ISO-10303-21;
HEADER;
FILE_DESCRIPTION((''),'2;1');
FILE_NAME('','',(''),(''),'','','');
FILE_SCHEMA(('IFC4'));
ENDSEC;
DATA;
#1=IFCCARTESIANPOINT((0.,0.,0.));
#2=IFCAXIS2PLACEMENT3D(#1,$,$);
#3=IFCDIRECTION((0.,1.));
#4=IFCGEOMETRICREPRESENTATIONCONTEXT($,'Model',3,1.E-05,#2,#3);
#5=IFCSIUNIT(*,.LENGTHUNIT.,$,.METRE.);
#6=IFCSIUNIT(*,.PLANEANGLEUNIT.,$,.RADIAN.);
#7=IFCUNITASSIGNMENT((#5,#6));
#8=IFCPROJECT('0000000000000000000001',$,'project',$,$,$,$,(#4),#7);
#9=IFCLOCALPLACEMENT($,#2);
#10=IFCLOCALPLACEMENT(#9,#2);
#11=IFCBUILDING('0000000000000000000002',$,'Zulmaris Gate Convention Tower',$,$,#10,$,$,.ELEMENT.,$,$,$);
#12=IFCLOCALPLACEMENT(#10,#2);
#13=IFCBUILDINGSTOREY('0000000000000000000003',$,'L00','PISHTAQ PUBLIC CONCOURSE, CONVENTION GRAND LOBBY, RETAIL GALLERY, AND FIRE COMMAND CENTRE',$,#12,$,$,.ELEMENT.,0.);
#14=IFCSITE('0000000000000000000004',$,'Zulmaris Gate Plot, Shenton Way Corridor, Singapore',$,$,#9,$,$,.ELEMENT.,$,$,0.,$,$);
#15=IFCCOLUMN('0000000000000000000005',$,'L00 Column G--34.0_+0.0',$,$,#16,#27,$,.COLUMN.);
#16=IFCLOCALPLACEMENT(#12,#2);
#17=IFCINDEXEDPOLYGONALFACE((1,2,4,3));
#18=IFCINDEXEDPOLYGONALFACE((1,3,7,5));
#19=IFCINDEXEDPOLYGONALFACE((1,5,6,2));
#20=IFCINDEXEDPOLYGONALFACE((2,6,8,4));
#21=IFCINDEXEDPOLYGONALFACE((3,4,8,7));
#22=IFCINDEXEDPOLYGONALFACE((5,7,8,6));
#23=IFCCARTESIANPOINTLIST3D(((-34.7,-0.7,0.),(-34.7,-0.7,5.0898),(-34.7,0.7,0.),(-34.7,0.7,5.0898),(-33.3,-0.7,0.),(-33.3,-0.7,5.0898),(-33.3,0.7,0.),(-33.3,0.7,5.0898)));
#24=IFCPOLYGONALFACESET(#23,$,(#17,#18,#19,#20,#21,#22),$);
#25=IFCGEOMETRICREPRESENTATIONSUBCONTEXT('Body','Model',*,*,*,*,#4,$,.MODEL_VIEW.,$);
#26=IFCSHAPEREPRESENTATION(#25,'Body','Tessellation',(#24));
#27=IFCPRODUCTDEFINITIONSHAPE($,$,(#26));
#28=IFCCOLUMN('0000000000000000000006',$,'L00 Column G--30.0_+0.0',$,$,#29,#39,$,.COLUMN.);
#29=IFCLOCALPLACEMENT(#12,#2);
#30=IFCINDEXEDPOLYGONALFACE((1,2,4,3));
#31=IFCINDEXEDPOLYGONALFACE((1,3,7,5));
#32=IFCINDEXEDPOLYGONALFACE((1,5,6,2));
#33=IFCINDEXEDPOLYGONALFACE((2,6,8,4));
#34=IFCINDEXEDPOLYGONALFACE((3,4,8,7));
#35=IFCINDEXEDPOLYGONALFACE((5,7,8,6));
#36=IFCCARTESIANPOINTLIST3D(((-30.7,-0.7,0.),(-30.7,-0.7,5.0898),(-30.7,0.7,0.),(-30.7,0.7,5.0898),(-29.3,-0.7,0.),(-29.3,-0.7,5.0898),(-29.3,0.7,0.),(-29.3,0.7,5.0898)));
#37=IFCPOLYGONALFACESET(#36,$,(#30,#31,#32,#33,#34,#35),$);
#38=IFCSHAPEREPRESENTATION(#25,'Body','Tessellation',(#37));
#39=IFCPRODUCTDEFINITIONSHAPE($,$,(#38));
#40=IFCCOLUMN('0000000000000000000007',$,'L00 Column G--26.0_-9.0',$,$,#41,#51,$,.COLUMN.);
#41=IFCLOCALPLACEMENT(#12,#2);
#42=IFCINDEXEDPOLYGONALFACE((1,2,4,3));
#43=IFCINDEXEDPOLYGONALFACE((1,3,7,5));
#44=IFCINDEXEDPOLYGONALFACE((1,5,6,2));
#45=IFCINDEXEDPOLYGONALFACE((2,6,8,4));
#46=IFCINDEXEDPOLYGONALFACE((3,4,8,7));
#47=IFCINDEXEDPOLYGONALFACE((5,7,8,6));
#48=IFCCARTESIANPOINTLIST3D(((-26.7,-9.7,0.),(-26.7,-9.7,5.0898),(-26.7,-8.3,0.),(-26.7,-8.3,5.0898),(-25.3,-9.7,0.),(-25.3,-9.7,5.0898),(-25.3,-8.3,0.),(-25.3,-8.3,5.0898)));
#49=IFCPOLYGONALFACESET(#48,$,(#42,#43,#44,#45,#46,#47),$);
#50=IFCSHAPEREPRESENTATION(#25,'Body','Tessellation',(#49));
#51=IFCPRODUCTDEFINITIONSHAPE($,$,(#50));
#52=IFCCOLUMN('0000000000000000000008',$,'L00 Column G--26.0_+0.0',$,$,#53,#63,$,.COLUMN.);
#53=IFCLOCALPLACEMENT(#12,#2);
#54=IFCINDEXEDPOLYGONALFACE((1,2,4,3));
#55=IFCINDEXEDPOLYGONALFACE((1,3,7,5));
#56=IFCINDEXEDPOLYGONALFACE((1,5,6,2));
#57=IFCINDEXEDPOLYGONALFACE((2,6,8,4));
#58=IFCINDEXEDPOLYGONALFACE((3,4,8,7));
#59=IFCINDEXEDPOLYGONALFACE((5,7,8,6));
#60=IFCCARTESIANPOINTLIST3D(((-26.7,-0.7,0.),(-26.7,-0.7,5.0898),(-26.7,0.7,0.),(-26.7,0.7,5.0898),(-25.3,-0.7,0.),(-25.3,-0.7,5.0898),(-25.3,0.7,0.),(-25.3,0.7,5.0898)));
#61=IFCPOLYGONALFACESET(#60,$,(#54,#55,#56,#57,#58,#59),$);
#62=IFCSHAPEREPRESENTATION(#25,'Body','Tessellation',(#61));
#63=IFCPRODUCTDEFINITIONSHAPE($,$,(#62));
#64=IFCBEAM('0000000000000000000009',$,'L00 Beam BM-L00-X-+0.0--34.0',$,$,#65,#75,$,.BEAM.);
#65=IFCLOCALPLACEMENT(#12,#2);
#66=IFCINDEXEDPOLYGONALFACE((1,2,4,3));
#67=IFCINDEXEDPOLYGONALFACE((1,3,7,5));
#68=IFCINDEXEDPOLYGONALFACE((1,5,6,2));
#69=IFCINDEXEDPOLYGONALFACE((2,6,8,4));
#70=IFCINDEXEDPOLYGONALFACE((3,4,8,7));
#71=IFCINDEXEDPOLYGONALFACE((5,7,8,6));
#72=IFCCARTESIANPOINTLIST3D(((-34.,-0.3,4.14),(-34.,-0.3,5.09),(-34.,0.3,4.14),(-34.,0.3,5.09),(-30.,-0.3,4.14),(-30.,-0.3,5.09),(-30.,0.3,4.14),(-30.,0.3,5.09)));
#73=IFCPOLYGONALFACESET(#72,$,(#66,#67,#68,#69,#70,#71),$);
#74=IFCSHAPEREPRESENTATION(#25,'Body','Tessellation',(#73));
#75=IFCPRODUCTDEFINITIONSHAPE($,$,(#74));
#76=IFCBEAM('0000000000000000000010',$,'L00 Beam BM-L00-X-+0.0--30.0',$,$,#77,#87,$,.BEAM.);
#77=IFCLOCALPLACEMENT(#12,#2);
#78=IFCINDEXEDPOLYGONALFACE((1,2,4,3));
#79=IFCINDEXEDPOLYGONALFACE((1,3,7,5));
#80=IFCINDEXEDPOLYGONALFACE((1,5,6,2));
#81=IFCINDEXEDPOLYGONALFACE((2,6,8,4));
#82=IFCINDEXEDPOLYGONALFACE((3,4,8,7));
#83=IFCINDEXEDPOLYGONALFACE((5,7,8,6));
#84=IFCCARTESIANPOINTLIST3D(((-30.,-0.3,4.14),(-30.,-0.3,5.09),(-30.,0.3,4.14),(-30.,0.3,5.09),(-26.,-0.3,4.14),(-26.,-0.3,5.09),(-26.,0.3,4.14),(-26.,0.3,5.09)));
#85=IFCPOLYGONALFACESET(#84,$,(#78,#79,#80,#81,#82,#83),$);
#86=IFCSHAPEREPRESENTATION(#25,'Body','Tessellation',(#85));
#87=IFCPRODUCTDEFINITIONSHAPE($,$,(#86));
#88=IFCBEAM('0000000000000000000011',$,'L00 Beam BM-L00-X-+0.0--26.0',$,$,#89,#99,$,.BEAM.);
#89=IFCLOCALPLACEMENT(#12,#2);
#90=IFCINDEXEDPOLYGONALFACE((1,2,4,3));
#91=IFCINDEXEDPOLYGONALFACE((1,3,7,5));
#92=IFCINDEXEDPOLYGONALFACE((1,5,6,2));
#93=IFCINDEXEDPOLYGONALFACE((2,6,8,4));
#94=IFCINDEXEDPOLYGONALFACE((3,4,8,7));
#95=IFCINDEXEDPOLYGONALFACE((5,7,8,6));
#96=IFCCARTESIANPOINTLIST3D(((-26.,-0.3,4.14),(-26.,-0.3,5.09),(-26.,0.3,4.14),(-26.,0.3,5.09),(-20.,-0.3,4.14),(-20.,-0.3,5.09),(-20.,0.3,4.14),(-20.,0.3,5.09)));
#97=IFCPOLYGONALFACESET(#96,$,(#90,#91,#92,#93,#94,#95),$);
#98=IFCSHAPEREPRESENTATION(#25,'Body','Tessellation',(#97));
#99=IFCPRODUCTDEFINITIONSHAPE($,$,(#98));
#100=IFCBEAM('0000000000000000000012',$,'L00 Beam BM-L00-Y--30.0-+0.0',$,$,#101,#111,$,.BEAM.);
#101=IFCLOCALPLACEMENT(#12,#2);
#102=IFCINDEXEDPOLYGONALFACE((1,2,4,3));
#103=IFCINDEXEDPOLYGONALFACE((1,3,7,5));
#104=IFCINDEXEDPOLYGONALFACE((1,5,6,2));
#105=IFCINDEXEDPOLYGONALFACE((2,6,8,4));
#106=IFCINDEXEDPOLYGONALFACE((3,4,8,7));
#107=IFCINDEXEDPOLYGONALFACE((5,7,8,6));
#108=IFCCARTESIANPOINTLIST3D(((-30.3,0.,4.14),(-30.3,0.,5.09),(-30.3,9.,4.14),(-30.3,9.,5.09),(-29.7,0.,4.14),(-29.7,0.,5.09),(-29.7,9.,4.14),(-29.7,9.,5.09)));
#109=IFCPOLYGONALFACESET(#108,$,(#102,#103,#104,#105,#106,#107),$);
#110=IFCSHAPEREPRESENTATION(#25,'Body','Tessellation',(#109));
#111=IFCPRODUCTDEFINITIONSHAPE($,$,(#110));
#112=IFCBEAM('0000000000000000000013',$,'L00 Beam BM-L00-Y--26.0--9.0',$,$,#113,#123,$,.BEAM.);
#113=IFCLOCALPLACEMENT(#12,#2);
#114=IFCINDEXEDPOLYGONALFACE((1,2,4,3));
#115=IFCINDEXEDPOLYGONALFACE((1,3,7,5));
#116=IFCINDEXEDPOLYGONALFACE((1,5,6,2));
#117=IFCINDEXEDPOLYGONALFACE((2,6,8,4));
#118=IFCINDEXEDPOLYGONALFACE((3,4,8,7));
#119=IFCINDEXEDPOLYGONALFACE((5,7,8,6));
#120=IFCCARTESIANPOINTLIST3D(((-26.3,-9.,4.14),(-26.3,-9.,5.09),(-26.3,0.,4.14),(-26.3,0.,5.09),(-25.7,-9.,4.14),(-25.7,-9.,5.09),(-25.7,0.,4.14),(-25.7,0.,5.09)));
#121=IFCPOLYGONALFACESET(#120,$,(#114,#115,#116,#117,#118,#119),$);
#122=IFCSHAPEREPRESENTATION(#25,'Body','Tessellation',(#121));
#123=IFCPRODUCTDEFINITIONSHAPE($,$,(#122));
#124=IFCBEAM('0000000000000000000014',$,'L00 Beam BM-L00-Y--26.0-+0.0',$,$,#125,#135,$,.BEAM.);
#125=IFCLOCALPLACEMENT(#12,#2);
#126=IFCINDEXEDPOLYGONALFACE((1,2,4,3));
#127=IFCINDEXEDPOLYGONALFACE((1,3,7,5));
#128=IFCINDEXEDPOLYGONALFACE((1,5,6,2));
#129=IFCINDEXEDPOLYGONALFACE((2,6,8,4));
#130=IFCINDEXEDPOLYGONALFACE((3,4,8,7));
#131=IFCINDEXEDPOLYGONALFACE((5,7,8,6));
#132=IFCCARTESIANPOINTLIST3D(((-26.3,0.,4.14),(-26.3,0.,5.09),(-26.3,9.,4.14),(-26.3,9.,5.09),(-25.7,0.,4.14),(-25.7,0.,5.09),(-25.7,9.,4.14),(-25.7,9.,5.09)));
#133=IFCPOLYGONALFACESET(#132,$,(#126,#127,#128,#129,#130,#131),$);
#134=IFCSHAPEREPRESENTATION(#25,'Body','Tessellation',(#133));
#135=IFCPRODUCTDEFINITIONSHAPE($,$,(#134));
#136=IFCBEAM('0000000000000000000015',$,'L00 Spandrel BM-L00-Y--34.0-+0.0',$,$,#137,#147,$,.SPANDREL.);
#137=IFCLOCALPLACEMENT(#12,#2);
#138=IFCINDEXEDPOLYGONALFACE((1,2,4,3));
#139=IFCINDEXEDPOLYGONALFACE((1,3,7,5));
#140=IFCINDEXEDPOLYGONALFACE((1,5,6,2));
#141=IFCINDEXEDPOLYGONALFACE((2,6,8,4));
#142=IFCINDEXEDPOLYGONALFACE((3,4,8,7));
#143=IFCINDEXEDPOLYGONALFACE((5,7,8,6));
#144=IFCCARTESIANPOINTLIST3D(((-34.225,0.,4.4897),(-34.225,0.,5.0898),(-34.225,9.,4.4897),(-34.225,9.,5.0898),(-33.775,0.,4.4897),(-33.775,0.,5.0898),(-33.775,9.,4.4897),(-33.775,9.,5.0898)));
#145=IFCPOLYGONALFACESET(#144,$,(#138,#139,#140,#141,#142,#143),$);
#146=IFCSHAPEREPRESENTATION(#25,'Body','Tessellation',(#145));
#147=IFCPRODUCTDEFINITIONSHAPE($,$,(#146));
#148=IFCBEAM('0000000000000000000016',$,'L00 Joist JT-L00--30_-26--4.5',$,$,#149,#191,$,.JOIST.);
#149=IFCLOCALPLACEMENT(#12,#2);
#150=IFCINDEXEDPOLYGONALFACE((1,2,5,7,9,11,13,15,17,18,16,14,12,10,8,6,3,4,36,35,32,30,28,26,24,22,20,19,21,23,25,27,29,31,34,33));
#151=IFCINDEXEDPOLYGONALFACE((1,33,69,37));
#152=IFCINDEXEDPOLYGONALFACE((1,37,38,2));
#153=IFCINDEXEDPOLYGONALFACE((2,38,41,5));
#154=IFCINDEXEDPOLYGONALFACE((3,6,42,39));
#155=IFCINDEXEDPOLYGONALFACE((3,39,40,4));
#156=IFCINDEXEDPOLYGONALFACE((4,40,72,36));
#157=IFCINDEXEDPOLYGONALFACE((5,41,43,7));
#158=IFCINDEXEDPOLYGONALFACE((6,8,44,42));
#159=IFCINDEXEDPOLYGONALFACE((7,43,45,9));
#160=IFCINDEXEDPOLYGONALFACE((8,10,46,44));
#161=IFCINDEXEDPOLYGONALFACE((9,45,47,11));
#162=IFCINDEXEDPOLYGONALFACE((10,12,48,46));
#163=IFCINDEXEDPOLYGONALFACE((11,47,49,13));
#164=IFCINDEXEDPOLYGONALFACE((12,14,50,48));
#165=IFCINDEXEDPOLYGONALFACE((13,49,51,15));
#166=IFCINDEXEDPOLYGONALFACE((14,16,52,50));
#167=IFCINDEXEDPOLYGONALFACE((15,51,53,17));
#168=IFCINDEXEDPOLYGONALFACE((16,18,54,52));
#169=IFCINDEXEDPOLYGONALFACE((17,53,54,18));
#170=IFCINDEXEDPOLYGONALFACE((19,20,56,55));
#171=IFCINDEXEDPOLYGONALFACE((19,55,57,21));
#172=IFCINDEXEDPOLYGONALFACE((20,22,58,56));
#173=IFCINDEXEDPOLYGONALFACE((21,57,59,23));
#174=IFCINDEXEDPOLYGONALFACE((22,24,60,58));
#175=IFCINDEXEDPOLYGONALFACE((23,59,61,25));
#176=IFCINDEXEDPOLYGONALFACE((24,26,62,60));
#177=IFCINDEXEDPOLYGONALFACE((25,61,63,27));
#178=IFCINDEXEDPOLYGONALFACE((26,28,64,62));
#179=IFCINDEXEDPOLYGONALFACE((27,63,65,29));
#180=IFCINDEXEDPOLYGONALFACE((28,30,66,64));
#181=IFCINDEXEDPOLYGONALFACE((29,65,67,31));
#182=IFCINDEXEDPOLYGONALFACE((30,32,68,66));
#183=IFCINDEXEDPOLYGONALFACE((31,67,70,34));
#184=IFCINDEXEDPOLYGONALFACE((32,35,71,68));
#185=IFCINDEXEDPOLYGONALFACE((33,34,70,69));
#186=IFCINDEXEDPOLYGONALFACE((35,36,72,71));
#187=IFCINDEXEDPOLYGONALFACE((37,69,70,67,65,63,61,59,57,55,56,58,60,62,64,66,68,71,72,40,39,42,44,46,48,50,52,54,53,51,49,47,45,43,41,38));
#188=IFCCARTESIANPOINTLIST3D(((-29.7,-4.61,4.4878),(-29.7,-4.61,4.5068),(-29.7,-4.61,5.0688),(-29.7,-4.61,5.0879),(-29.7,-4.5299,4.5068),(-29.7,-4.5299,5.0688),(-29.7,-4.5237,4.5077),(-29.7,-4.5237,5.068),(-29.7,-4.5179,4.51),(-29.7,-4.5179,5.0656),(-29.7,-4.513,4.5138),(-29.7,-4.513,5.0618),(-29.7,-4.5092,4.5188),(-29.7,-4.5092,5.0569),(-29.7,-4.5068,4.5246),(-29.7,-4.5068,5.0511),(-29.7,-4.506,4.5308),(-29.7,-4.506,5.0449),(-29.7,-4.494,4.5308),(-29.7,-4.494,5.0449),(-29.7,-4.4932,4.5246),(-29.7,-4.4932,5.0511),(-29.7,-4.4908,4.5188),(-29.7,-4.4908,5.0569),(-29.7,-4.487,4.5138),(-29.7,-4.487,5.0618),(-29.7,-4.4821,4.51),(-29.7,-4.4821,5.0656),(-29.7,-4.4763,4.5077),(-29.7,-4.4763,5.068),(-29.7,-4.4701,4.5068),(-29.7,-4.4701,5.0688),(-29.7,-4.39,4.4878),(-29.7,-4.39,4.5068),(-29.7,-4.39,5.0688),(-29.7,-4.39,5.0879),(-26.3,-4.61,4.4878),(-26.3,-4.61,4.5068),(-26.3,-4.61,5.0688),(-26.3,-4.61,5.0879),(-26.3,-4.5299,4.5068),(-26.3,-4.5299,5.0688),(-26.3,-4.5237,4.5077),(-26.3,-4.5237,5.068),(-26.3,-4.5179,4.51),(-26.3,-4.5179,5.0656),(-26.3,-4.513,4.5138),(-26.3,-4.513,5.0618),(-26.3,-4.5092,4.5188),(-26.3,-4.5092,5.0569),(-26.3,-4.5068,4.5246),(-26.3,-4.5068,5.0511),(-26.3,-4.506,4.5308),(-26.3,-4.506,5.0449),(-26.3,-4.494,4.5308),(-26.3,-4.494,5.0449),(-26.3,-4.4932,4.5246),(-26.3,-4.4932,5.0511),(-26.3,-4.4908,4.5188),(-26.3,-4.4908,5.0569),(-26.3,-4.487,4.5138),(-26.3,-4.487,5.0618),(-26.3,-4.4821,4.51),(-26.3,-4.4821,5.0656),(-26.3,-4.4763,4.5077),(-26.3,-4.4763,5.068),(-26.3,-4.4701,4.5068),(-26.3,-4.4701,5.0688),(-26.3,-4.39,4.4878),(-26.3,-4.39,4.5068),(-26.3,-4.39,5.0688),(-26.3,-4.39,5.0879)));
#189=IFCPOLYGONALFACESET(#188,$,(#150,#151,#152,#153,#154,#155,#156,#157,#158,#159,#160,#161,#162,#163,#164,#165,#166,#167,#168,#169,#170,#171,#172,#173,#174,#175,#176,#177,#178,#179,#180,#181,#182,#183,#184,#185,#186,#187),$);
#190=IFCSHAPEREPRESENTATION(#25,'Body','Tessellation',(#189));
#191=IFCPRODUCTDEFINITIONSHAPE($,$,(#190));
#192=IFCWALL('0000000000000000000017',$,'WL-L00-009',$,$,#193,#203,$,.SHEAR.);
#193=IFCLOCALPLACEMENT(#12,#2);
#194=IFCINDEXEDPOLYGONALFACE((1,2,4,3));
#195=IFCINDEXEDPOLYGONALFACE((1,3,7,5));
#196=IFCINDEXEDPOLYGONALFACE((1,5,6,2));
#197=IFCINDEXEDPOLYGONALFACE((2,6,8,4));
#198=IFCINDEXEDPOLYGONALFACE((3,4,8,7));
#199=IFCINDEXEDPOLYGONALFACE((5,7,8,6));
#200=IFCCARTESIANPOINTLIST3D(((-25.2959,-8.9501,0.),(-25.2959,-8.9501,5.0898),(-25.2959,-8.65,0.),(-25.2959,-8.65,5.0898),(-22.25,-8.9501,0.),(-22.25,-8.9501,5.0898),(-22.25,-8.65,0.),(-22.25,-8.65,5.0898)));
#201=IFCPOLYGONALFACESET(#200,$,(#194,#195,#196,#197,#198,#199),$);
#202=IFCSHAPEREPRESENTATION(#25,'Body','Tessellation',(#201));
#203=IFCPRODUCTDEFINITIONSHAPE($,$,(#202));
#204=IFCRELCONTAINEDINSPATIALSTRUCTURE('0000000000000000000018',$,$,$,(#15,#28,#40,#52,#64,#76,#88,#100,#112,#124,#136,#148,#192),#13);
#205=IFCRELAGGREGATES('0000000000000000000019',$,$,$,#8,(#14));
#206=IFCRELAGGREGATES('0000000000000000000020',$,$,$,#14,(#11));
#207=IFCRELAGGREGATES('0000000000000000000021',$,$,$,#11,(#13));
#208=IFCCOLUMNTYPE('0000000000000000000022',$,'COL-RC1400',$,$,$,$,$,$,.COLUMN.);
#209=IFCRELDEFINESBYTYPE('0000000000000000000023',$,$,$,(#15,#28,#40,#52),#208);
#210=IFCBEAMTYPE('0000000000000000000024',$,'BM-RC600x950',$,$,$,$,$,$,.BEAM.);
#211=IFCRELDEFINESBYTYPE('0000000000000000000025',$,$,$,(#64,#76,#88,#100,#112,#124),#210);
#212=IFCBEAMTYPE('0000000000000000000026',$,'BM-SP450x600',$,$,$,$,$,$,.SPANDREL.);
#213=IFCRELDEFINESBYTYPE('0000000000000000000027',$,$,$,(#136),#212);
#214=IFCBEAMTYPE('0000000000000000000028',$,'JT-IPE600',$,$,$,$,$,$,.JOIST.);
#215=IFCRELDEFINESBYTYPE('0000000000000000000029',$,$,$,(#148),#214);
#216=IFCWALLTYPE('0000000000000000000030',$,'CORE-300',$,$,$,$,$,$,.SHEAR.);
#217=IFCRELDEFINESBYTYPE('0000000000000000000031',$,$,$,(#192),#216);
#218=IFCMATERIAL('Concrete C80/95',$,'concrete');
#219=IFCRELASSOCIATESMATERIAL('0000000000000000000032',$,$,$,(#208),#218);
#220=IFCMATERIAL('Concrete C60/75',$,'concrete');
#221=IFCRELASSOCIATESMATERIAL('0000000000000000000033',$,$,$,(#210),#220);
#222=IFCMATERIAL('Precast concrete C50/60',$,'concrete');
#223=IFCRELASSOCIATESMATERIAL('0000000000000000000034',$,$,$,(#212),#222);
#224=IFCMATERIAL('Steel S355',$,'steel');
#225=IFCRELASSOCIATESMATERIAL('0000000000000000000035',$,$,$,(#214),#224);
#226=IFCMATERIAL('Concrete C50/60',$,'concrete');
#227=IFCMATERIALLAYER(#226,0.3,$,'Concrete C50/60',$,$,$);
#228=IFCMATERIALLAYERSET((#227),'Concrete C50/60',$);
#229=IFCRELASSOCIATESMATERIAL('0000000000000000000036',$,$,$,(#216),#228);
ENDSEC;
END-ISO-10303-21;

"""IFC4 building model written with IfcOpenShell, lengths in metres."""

from ifc_helpers import new_model, si_unit, direction, frame, frame_2d, origin, origin_2d, place, context, subcontext, project, spatial, rectangle, i_section, extrude, material, layer, layer_set, material_profile, profile_set, type_object, element, save


model = new_model("IFC4")

# Units and contexts
model_context = context("Model", 3, precision=1e-05, world=origin(), true_north=direction((0.0, 1.0)))
body_context = subcontext(model_context, "Body", "Model", "MODEL_VIEW")
ifc_project = project(units=[si_unit("LENGTHUNIT", "METRE"), si_unit("PLANEANGLEUNIT", "RADIAN")], contexts=[model_context])

# Site, building, storey
site_placement = place(None, origin())
site = spatial("IfcSite", under=ifc_project, at=site_placement, Name="Zulmaris Gate Plot, Shenton Way Corridor, Singapore", CompositionType="ELEMENT", RefElevation=0.0)
building_placement = place(site_placement, origin())
building = spatial("IfcBuilding", under=site, at=building_placement, Name="Zulmaris Gate Convention Tower", CompositionType="ELEMENT")
storey_placement = place(building_placement, origin())
storey = spatial("IfcBuildingStorey", under=building, at=storey_placement, Name="L00", Description="PISHTAQ PUBLIC CONCOURSE, CONVENTION GRAND LOBBY, RETAIL GALLERY, AND FIRE COMMAND CENTRE", CompositionType="ELEMENT", Elevation=0.0)

# Columns
ifc_material_1 = material(Name="Concrete C80/95", Category="concrete")
ifc_material_profile_1 = material_profile(ifc_material_1, rectangle(XDim=1.3999, YDim=1.3999, at=origin_2d()), Name="RC COL 1400x1400")
ifc_profile_set_1 = profile_set([ifc_material_profile_1], Name="Concrete C80/95")
column_type = type_object("IfcColumnType", Name="COL-RC1400", PredefinedType="COLUMN", material=ifc_profile_set_1)
for number, where, z_axis, x_axis, name in (
    (1, (-34.0, 0.0, 0.0), (0.0, 0.0, 1.0), (1.0, 0.0, 0.0), "L00 Column G--34.0_+0.0"),
    (2, (-30.0, 0.0, 0.0), (0.0, 0.0, 1.0), (1.0, 0.0, 0.0), "L00 Column G--30.0_+0.0"),
    (3, (-26.0, -9.0, 0.0), (0.0, 0.0, 1.0), (1.0, 0.0, 0.0), "L00 Column G--26.0_-9.0"),
    (4, (-26.0, 0.0, 0.0), (0.0, 0.0, 1.0), (1.0, 0.0, 0.0), "L00 Column G--26.0_+0.0"),
):
    element("IfcColumn", number, at=place(storey_placement, frame(where, z_axis=z_axis, x_axis=x_axis)), inside=storey, type_object=column_type, Name=name, PredefinedType="COLUMN", context=body_context, shape_type="SweptSolid", body=[
        extrude(rectangle(XDim=1.3999, YDim=1.3999, at=origin_2d()), origin(), (0.0, 0.0, 1.0), 5.0898),
    ])

# Beams
ifc_material_2 = material(Name="Concrete C60/75", Category="concrete")
ifc_material_profile_2 = material_profile(ifc_material_2, rectangle(XDim=0.6001, YDim=0.95, at=origin_2d()), Name="RC BEAM 600x950")
ifc_profile_set_2 = profile_set([ifc_material_profile_2], Name="Concrete C60/75")
beam_type_1 = type_object("IfcBeamType", Name="BM-RC600x950", PredefinedType="BEAM", material=ifc_profile_set_2)
for number, where, z_axis, x_axis, name in (
    (5, (-34.0, 0.0, 4.615), (1.0, 0.0, 0.0), (0.0, 1.0, 0.0), "L00 Beam BM-L00-X-+0.0--34.0"),
    (6, (-30.0, 0.0, 4.615), (1.0, 0.0, 0.0), (0.0, 1.0, 0.0), "L00 Beam BM-L00-X-+0.0--30.0"),
):
    element("IfcBeam", number, at=place(storey_placement, frame(where, z_axis=z_axis, x_axis=x_axis)), inside=storey, type_object=beam_type_1, Name=name, PredefinedType="BEAM", context=body_context, shape_type="SweptSolid", body=[
        extrude(rectangle(XDim=0.6001, YDim=0.95, at=origin_2d()), origin(), (0.0, 0.0, 1.0), 4.0),
    ])
beam_1_placement = place(storey_placement, frame((-26.0, 0.0, 4.615), z_axis=(1.0, 0.0, 0.0), x_axis=(0.0, 1.0, 0.0)))
element("IfcBeam", 7, at=beam_1_placement, inside=storey, type_object=beam_type_1, Name="L00 Beam BM-L00-X-+0.0--26.0", PredefinedType="BEAM", context=body_context, shape_type="SweptSolid", body=[
    extrude(rectangle(XDim=0.6001, YDim=0.95, at=origin_2d()), origin(), (0.0, 0.0, 1.0), 6.0),
])
for number, where, z_axis, x_axis, name in (
    (8, (-30.0, 0.0, 4.615), (0.0, 1.0, 0.0), (-1.0, 0.0, 0.0), "L00 Beam BM-L00-Y--30.0-+0.0"),
    (9, (-26.0, -9.0, 4.615), (0.0, 1.0, 0.0), (-1.0, 0.0, 0.0), "L00 Beam BM-L00-Y--26.0--9.0"),
    (10, (-26.0, 0.0, 4.615), (0.0, 1.0, 0.0), (-1.0, 0.0, 0.0), "L00 Beam BM-L00-Y--26.0-+0.0"),
):
    element("IfcBeam", number, at=place(storey_placement, frame(where, z_axis=z_axis, x_axis=x_axis)), inside=storey, type_object=beam_type_1, Name=name, PredefinedType="BEAM", context=body_context, shape_type="SweptSolid", body=[
        extrude(rectangle(XDim=0.6001, YDim=0.95, at=origin_2d()), origin(), (0.0, 0.0, 1.0), 9.0),
    ])
ifc_material_3 = material(Name="Precast concrete C50/60", Category="concrete")
ifc_material_profile_3 = material_profile(ifc_material_3, rectangle(XDim=0.45, YDim=0.6001, at=origin_2d()), Name="RC SPANDREL 450x600")
ifc_profile_set_3 = profile_set([ifc_material_profile_3], Name="Precast concrete C50/60")
beam_type_2 = type_object("IfcBeamType", Name="BM-SP450x600", PredefinedType="SPANDREL", material=ifc_profile_set_3)
beam_2_placement = place(storey_placement, frame((-34.0, 0.0, 4.7898), z_axis=(0.0, 1.0, 0.0), x_axis=(-1.0, 0.0, 0.0)))
element("IfcBeam", 11, at=beam_2_placement, inside=storey, type_object=beam_type_2, Name="L00 Spandrel BM-L00-Y--34.0-+0.0", PredefinedType="SPANDREL", context=body_context, shape_type="SweptSolid", body=[
    extrude(rectangle(XDim=0.45, YDim=0.6001, at=origin_2d()), origin(), (0.0, 0.0, 1.0), 9.0),
])
ifc_material_4 = material(Name="Steel S355", Category="steel")
ifc_material_profile_4 = material_profile(ifc_material_4, i_section(OverallWidth=0.22, OverallDepth=0.6001, WebThickness=0.012, FlangeThickness=0.019, FilletRadius=0.0239, at=origin_2d()), Name="IPE 600")
ifc_profile_set_4 = profile_set([ifc_material_profile_4], Name="Steel S355")
beam_type_3 = type_object("IfcBeamType", Name="JT-IPE600", PredefinedType="JOIST", material=ifc_profile_set_4)
beam_3_placement = place(storey_placement, frame((-29.7, -4.5, 4.7878), z_axis=(1.0, 0.0, 0.0), x_axis=(0.0, 1.0, 0.0)))
element("IfcBeam", 12, at=beam_3_placement, inside=storey, type_object=beam_type_3, Name="L00 Joist JT-L00--30_-26--4.5", PredefinedType="JOIST", context=body_context, shape_type="SweptSolid", body=[
    extrude(i_section(OverallWidth=0.22, OverallDepth=0.6001, WebThickness=0.012, FlangeThickness=0.019, FilletRadius=0.0239, at=origin_2d()), origin(), (0.0, 0.0, 1.0), 3.3999),
])

# Wall
ifc_material_5 = material(Name="Concrete C50/60", Category="concrete")
ifc_layer_1 = layer(ifc_material_5, 0.3, Name="Concrete C50/60")
ifc_layer_set_1 = layer_set([ifc_layer_1], Name="Concrete C50/60")
wall_type_1 = type_object("IfcWallType", Name="CORE-300", PredefinedType="SHEAR", material=ifc_layer_set_1)
wall_1_placement = place(storey_placement, frame((-25.2959, -8.8, 0.0), z_axis=(0.0, 0.0, 1.0), x_axis=(1.0, 0.0, 0.0)))
element("IfcWall", 13, at=wall_1_placement, inside=storey, type_object=wall_type_1, Name="WL-L00-009", PredefinedType="SHEAR", context=body_context, shape_type="SweptSolid", body=[
    extrude(rectangle(XDim=3.0459, YDim=0.3, at=frame_2d((1.5229, 0.0))), origin(), (0.0, 0.0, 1.0), 5.0898),
])

save(model, "model.ifc")
